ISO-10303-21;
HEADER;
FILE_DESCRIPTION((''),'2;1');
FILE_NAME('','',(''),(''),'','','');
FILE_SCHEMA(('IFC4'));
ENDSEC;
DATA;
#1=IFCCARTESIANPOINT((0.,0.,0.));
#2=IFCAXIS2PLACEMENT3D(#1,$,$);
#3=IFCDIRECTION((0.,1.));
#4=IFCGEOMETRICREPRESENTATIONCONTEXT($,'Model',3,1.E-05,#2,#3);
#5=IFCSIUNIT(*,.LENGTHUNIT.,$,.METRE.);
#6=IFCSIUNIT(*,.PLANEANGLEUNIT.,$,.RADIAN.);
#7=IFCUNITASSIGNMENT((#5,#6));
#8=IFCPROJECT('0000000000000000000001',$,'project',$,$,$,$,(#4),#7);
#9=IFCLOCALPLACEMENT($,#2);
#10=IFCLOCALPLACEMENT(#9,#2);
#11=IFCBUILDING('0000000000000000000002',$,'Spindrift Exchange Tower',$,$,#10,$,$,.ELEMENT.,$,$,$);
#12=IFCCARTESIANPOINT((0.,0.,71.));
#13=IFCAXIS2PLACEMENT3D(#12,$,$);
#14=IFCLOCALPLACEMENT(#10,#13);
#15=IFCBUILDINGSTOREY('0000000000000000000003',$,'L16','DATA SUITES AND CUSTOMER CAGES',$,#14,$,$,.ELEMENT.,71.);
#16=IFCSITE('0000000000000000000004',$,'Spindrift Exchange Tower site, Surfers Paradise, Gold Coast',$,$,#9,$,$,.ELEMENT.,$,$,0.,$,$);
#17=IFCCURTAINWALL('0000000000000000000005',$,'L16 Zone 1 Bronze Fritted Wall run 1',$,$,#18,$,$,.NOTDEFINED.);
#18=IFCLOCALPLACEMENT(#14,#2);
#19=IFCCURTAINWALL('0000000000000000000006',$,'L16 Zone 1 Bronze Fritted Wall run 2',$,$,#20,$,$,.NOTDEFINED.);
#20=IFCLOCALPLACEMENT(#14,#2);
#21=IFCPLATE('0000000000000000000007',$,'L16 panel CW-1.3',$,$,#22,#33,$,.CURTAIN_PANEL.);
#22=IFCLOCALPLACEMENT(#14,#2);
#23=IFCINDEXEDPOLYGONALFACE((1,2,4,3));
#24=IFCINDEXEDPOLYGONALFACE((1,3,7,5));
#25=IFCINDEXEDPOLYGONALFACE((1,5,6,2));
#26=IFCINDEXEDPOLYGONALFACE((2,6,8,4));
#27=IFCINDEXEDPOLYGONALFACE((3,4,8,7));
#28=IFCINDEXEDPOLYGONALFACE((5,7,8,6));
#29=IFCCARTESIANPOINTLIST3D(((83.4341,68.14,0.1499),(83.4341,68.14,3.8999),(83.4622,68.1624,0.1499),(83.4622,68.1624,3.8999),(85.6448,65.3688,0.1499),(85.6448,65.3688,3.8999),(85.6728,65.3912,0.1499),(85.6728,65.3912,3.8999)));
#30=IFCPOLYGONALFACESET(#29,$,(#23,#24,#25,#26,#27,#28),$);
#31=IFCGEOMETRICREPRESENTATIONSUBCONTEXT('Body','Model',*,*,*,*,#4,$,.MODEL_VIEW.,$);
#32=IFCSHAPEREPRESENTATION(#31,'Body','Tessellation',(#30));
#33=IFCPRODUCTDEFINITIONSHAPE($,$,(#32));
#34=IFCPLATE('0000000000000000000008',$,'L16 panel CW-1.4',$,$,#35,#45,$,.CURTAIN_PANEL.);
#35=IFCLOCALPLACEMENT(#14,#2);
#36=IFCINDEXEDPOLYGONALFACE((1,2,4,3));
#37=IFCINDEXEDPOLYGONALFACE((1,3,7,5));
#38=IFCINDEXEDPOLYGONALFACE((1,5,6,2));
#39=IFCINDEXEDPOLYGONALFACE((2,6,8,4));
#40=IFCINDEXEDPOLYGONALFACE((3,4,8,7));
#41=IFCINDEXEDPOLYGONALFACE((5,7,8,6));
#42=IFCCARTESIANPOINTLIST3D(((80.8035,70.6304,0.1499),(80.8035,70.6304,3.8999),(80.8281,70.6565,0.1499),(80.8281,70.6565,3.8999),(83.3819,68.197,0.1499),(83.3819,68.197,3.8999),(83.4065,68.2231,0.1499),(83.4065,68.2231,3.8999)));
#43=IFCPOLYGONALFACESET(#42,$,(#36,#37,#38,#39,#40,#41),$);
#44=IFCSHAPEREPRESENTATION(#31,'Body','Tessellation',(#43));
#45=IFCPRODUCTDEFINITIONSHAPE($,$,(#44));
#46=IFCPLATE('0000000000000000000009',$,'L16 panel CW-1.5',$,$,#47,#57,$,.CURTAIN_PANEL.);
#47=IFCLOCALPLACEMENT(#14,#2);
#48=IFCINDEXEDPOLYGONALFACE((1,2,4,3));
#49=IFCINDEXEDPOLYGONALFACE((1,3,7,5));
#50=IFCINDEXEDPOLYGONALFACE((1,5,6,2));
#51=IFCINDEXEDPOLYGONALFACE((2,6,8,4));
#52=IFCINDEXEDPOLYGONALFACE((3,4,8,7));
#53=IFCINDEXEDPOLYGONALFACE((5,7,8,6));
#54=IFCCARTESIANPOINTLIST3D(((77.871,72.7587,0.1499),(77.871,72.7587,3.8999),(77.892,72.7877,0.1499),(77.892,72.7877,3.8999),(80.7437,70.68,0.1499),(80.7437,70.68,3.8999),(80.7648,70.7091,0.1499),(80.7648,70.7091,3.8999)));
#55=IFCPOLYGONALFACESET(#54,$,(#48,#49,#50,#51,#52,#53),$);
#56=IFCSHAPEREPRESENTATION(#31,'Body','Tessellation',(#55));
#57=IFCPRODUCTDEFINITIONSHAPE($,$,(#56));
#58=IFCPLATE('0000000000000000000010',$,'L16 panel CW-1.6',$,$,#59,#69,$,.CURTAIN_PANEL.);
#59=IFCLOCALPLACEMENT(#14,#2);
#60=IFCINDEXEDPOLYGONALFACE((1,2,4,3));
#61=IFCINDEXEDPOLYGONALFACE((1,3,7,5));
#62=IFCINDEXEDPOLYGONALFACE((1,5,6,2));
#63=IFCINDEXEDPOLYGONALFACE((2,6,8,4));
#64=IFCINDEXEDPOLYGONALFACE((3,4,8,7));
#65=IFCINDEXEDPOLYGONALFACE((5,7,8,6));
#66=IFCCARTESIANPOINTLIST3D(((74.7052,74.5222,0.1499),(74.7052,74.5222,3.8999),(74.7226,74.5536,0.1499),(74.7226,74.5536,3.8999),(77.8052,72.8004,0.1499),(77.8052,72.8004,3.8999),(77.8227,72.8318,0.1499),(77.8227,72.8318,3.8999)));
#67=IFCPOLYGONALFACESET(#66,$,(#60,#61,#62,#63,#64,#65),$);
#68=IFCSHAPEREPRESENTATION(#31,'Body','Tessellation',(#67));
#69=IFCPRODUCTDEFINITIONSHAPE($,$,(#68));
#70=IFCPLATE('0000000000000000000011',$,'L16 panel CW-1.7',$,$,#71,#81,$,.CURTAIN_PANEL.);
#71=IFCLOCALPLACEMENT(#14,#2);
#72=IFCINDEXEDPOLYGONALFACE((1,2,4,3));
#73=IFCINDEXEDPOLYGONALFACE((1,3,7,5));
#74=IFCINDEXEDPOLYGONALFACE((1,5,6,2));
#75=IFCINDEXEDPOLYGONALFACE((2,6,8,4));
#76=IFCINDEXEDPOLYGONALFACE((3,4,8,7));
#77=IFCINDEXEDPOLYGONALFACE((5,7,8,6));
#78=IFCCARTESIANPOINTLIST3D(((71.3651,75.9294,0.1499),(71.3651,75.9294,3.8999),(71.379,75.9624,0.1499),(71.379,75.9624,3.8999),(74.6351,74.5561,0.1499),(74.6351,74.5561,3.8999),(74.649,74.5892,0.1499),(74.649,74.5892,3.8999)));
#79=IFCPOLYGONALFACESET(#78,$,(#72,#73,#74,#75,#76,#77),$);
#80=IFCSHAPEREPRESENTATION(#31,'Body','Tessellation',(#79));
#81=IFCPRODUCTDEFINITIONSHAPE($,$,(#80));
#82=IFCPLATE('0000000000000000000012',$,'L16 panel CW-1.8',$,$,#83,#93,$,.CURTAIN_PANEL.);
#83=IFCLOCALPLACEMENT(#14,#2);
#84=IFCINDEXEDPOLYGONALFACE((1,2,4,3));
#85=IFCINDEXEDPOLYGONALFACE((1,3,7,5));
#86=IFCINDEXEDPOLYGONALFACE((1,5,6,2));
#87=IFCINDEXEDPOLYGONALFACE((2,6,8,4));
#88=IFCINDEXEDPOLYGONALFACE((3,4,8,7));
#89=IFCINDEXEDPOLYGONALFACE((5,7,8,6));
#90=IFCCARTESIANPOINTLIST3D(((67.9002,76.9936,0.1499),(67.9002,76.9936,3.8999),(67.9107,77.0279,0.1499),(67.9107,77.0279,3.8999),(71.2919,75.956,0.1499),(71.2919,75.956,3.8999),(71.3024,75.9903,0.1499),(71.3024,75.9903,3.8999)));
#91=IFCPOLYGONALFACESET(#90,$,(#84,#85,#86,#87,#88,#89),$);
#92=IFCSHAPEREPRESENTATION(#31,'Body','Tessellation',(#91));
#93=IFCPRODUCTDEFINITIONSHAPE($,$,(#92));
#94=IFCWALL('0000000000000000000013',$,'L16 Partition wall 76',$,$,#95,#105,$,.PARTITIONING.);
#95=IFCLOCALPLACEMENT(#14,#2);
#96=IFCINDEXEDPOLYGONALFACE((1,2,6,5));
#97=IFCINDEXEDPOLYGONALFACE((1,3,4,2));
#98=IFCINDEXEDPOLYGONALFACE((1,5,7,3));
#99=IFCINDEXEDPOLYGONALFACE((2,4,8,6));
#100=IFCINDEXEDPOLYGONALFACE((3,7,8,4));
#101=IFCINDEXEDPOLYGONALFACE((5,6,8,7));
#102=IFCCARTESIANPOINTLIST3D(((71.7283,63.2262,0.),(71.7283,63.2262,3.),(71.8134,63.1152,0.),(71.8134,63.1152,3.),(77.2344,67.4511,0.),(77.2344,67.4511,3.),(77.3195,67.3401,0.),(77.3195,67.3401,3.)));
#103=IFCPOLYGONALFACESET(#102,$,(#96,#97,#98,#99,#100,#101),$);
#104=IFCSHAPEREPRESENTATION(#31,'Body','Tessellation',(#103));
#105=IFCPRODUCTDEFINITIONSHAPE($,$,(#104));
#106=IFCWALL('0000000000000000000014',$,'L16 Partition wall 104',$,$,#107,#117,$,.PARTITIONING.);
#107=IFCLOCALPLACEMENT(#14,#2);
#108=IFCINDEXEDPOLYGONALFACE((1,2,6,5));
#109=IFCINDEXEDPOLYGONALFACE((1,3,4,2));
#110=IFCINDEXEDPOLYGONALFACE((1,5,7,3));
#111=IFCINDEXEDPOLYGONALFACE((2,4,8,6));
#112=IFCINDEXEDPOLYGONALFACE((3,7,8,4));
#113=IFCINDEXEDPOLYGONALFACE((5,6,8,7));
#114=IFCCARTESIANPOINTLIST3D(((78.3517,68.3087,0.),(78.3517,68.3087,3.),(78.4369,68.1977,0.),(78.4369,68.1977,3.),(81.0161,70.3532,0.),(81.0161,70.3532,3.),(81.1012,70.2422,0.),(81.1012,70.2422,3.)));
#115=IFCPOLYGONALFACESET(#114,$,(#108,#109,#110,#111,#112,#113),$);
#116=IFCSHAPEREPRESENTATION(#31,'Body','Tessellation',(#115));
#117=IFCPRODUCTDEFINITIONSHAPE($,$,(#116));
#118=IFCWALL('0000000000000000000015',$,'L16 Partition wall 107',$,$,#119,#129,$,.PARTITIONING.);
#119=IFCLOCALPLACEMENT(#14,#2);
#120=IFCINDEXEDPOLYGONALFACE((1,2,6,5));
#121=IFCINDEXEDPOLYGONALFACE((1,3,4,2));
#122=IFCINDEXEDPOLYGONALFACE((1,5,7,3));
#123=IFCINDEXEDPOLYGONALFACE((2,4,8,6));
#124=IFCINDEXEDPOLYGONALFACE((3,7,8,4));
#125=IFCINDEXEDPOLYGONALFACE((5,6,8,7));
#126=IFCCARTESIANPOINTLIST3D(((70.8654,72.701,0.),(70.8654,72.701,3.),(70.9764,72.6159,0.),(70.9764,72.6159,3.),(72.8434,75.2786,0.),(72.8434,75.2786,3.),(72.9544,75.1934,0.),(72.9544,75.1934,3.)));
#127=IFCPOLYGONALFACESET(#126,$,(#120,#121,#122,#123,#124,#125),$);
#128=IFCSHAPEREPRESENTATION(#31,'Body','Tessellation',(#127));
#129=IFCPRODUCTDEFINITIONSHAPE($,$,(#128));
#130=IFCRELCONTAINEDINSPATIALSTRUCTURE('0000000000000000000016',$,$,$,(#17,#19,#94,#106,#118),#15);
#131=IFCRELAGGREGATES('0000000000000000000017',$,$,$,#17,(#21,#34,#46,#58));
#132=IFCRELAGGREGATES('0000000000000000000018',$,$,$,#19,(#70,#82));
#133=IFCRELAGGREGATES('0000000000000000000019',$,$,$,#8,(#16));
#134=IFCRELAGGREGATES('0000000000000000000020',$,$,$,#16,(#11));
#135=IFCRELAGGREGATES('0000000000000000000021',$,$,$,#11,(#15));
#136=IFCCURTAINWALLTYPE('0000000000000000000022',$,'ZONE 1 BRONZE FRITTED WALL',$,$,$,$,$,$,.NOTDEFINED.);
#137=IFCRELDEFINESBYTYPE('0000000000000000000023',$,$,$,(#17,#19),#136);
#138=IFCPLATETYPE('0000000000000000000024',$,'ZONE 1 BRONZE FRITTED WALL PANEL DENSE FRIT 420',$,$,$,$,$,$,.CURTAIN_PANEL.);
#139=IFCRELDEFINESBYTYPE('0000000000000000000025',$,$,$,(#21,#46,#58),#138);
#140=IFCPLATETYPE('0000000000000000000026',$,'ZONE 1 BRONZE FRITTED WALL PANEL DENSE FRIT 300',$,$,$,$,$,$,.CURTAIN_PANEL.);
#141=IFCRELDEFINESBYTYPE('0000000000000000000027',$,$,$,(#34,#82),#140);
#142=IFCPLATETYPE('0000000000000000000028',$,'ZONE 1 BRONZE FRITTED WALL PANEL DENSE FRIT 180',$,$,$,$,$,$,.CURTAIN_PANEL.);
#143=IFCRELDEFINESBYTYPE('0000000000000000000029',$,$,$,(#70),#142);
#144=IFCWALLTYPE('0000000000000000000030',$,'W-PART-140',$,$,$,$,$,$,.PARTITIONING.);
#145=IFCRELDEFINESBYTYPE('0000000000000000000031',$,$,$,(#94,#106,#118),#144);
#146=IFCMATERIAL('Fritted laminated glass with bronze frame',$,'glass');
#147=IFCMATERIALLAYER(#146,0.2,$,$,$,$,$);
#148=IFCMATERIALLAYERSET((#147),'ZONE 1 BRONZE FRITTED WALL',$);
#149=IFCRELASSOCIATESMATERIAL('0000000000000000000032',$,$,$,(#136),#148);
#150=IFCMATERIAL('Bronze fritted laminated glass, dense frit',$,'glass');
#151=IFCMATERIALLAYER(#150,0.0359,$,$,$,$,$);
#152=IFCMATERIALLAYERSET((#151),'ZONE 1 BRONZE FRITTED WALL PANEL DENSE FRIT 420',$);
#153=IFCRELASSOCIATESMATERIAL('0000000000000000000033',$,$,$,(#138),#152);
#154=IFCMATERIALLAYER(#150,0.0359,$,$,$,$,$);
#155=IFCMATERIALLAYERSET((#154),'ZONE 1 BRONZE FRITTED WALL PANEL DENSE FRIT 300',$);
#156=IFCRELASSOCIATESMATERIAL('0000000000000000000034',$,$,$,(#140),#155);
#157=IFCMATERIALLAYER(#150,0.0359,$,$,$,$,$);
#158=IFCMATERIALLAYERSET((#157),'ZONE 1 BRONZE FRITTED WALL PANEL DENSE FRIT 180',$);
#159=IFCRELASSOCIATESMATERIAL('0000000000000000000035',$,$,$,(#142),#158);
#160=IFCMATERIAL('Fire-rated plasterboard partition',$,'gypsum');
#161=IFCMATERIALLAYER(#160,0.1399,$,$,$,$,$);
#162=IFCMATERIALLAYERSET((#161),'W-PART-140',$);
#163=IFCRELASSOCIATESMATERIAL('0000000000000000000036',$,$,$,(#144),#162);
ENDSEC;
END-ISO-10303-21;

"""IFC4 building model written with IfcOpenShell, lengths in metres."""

from ifc_helpers import new_model, si_unit, direction, frame, frame_2d, origin, origin_2d, place, context, subcontext, project, spatial, rectangle, extrude, source, transform, mapped, material, layer, layer_set, type_object, element, aggregate, save


model = new_model("IFC4")

# Units and contexts
model_context = context("Model", 3, precision=1e-05, world=origin(), true_north=direction((0.0, 1.0)))
body_context = subcontext(model_context, "Body", "Model", "MODEL_VIEW")
ifc_project = project(units=[si_unit("LENGTHUNIT", "METRE"), si_unit("PLANEANGLEUNIT", "RADIAN")], contexts=[model_context])

# Site, building, storey
site_placement = place(None, origin())
site = spatial("IfcSite", under=ifc_project, at=site_placement, Name="Spindrift Exchange Tower site, Surfers Paradise, Gold Coast", CompositionType="ELEMENT", RefElevation=0.0)
building_placement = place(site_placement, origin())
building = spatial("IfcBuilding", under=site, at=building_placement, Name="Spindrift Exchange Tower", CompositionType="ELEMENT")
storey_placement = place(building_placement, frame((0.0, 0.0, 71.0)))
storey = spatial("IfcBuildingStorey", under=building, at=storey_placement, Name="L16", Description="DATA SUITES AND CUSTOMER CAGES", CompositionType="ELEMENT", Elevation=71.0)

# Curtain walls
ifc_material_1 = material(Name="Fritted laminated glass with bronze frame", Category="glass")
ifc_layer_1 = layer(ifc_material_1, 0.2)
ifc_layer_set_1 = layer_set([ifc_layer_1], Name="ZONE 1 BRONZE FRITTED WALL")
curtain_wall_type = type_object("IfcCurtainWallType", Name="ZONE 1 BRONZE FRITTED WALL", PredefinedType="NOTDEFINED", material=ifc_layer_set_1)
curtain_wall_1_placement = place(storey_placement, origin())
curtain_wall_1 = element("IfcCurtainWall", 1, at=curtain_wall_1_placement, inside=storey, type_object=curtain_wall_type, Name="L16 Zone 1 Bronze Fritted Wall run 1", PredefinedType="NOTDEFINED")
curtain_wall_2_placement = place(storey_placement, origin())
curtain_wall_2 = element("IfcCurtainWall", 2, at=curtain_wall_2_placement, inside=storey, type_object=curtain_wall_type, Name="L16 Zone 1 Bronze Fritted Wall run 2", PredefinedType="NOTDEFINED")

# Plates
ifc_material_2 = material(Name="Bronze fritted laminated glass, dense frit", Category="glass")
ifc_layer_2 = layer(ifc_material_2, 0.0359)
ifc_layer_set_2 = layer_set([ifc_layer_2], Name="ZONE 1 BRONZE FRITTED WALL PANEL DENSE FRIT 420")
plate_type_1 = type_object("IfcPlateType", Name="ZONE 1 BRONZE FRITTED WALL PANEL DENSE FRIT 420", PredefinedType="CURTAIN_PANEL", material=ifc_layer_set_2)
shared_shape_1 = source(origin(), body_context, "Body", "SweptSolid", [
    extrude(rectangle(XDim=3.5449, YDim=0.0359, at=origin_2d()), origin(), (0.0, 0.0, 1.0), 3.75),
])
plate_1_placement = place(storey_placement, frame((84.5535, 66.7656, 0.1499), z_axis=(0.0, 0.0, 1.0), x_axis=(-0.623611, 0.781735, 0.0)))
plate_1 = element("IfcPlate", 3, at=plate_1_placement, type_object=plate_type_1, Name="L16 panel CW-1.3", PredefinedType="CURTAIN_PANEL", context=body_context, shape_type="MappedRepresentation", body=[
    mapped(shared_shape_1, transform((0.0, 0.0, 0.0), scale=1.0)),
])
ifc_layer_3 = layer(ifc_material_2, 0.0359)
ifc_layer_set_3 = layer_set([ifc_layer_3], Name="ZONE 1 BRONZE FRITTED WALL PANEL DENSE FRIT 300")
plate_type_2 = type_object("IfcPlateType", Name="ZONE 1 BRONZE FRITTED WALL PANEL DENSE FRIT 300", PredefinedType="CURTAIN_PANEL", material=ifc_layer_set_3)
shared_shape_2 = source(origin(), body_context, "Body", "SweptSolid", [
    extrude(rectangle(XDim=3.5454, YDim=0.0359, at=origin_2d()), origin(), (0.0, 0.0, 1.0), 3.75),
])
plate_2_placement = place(storey_placement, frame((82.105, 69.4268, 0.1499), z_axis=(0.0, 0.0, 1.0), x_axis=(-0.727251, 0.686372, 0.0)))
plate_2 = element("IfcPlate", 4, at=plate_2_placement, type_object=plate_type_2, Name="L16 panel CW-1.4", PredefinedType="CURTAIN_PANEL", context=body_context, shape_type="MappedRepresentation", body=[
    mapped(shared_shape_2, transform((0.0, 0.0, 0.0), scale=1.0)),
])
shared_shape_3 = source(origin(), body_context, "Body", "SweptSolid", [
    extrude(rectangle(XDim=3.5459, YDim=0.0359, at=origin_2d()), origin(), (0.0, 0.0, 1.0), 3.75),
])
plate_3_placement = place(storey_placement, frame((79.3179, 71.7339, 0.1499), z_axis=(0.0, 0.0, 1.0), x_axis=(-0.810159, 0.58621, 0.0)))
plate_3 = element("IfcPlate", 5, at=plate_3_placement, type_object=plate_type_1, Name="L16 panel CW-1.5", PredefinedType="CURTAIN_PANEL", context=body_context, shape_type="MappedRepresentation", body=[
    mapped(shared_shape_3, transform((0.0, 0.0, 0.0), scale=1.0)),
])
shared_shape_4 = source(origin(), body_context, "Body", "SweptSolid", [
    extrude(rectangle(XDim=3.5461, YDim=0.0359, at=origin_2d()), origin(), (0.0, 0.0, 1.0), 3.75),
])
plate_4_placement = place(storey_placement, frame((76.2639, 73.677, 0.1499), z_axis=(0.0, 0.0, 1.0), x_axis=(-0.874212, 0.485545, 0.0)))
plate_4 = element("IfcPlate", 6, at=plate_4_placement, type_object=plate_type_1, Name="L16 panel CW-1.6", PredefinedType="CURTAIN_PANEL", context=body_context, shape_type="MappedRepresentation", body=[
    mapped(shared_shape_4, transform((0.0, 0.0, 0.0), scale=1.0)),
])
aggregate(curtain_wall_1, [plate_1, plate_2, plate_3, plate_4])
ifc_layer_4 = layer(ifc_material_2, 0.0359)
ifc_layer_set_4 = layer_set([ifc_layer_4], Name="ZONE 1 BRONZE FRITTED WALL PANEL DENSE FRIT 180")
plate_type_3 = type_object("IfcPlateType", Name="ZONE 1 BRONZE FRITTED WALL PANEL DENSE FRIT 180", PredefinedType="CURTAIN_PANEL", material=ifc_layer_set_4)
shared_shape_5 = source(origin(), body_context, "Body", "SweptSolid", [
    extrude(rectangle(XDim=3.5466, YDim=0.0359, at=origin_2d()), origin(), (0.0, 0.0, 1.0), 3.75),
])
plate_5_placement = place(storey_placement, frame((73.0071, 75.2593, 0.1499), z_axis=(0.0, 0.0, 1.0), x_axis=(-0.921997, 0.387197, 0.0)))
plate_5 = element("IfcPlate", 7, at=plate_5_placement, type_object=plate_type_3, Name="L16 panel CW-1.7", PredefinedType="CURTAIN_PANEL", context=body_context, shape_type="MappedRepresentation", body=[
    mapped(shared_shape_5, transform((0.0, 0.0, 0.0), scale=1.0)),
])
shared_shape_6 = source(origin(), body_context, "Body", "SweptSolid", [
    extrude(rectangle(XDim=3.5469, YDim=0.0359, at=origin_2d()), origin(), (0.0, 0.0, 1.0), 3.75),
])
plate_6_placement = place(storey_placement, frame((69.6013, 76.4919, 0.1499), z_axis=(0.0, 0.0, 1.0), x_axis=(-0.956251, 0.292547, 0.0)))
plate_6 = element("IfcPlate", 8, at=plate_6_placement, type_object=plate_type_2, Name="L16 panel CW-1.8", PredefinedType="CURTAIN_PANEL", context=body_context, shape_type="MappedRepresentation", body=[
    mapped(shared_shape_6, transform((0.0, 0.0, 0.0), scale=1.0)),
])
aggregate(curtain_wall_2, [plate_5, plate_6])

# Walls
ifc_material_3 = material(Name="Fire-rated plasterboard partition", Category="gypsum")
ifc_layer_5 = layer(ifc_material_3, 0.1399)
ifc_layer_set_5 = layer_set([ifc_layer_5], Name="W-PART-140")
wall_type = type_object("IfcWallType", Name="W-PART-140", PredefinedType="PARTITIONING", material=ifc_layer_set_5)
wall_1_placement = place(storey_placement, frame((71.7708, 63.1707, 0.0), z_axis=(0.0, 0.0, 1.0), x_axis=(0.793362, 0.60875, 0.0)))
element("IfcWall", 9, at=wall_1_placement, inside=storey, type_object=wall_type, Name="L16 Partition wall 76", PredefinedType="PARTITIONING", context=body_context, shape_type="SweptSolid", body=[
    extrude(rectangle(XDim=6.9402, YDim=0.1399, at=frame_2d((3.4702, 0.0))), origin(), (0.0, 0.0, 1.0), 3.0),
])
wall_2_placement = place(storey_placement, frame((78.3943, 68.2532, 0.0), z_axis=(0.0, 0.0, 1.0), x_axis=(0.793348, 0.608769, 0.0)))
element("IfcWall", 10, at=wall_2_placement, inside=storey, type_object=wall_type, Name="L16 Partition wall 104", PredefinedType="PARTITIONING", context=body_context, shape_type="SweptSolid", body=[
    extrude(rectangle(XDim=3.3584, YDim=0.1399, at=frame_2d((1.6792, 0.0))), origin(), (0.0, 0.0, 1.0), 3.0),
])
wall_3_placement = place(storey_placement, frame((70.9209, 72.6584, 0.0), z_axis=(0.0, 0.0, 1.0), x_axis=(0.608788, 0.793333, 0.0)))
element("IfcWall", 11, at=wall_3_placement, inside=storey, type_object=wall_type, Name="L16 Partition wall 107", PredefinedType="PARTITIONING", context=body_context, shape_type="SweptSolid", body=[
    extrude(rectangle(XDim=3.249, YDim=0.1399, at=frame_2d((1.6245, 0.0))), origin(), (0.0, 0.0, 1.0), 3.0),
])

save(model, "model.ifc")
